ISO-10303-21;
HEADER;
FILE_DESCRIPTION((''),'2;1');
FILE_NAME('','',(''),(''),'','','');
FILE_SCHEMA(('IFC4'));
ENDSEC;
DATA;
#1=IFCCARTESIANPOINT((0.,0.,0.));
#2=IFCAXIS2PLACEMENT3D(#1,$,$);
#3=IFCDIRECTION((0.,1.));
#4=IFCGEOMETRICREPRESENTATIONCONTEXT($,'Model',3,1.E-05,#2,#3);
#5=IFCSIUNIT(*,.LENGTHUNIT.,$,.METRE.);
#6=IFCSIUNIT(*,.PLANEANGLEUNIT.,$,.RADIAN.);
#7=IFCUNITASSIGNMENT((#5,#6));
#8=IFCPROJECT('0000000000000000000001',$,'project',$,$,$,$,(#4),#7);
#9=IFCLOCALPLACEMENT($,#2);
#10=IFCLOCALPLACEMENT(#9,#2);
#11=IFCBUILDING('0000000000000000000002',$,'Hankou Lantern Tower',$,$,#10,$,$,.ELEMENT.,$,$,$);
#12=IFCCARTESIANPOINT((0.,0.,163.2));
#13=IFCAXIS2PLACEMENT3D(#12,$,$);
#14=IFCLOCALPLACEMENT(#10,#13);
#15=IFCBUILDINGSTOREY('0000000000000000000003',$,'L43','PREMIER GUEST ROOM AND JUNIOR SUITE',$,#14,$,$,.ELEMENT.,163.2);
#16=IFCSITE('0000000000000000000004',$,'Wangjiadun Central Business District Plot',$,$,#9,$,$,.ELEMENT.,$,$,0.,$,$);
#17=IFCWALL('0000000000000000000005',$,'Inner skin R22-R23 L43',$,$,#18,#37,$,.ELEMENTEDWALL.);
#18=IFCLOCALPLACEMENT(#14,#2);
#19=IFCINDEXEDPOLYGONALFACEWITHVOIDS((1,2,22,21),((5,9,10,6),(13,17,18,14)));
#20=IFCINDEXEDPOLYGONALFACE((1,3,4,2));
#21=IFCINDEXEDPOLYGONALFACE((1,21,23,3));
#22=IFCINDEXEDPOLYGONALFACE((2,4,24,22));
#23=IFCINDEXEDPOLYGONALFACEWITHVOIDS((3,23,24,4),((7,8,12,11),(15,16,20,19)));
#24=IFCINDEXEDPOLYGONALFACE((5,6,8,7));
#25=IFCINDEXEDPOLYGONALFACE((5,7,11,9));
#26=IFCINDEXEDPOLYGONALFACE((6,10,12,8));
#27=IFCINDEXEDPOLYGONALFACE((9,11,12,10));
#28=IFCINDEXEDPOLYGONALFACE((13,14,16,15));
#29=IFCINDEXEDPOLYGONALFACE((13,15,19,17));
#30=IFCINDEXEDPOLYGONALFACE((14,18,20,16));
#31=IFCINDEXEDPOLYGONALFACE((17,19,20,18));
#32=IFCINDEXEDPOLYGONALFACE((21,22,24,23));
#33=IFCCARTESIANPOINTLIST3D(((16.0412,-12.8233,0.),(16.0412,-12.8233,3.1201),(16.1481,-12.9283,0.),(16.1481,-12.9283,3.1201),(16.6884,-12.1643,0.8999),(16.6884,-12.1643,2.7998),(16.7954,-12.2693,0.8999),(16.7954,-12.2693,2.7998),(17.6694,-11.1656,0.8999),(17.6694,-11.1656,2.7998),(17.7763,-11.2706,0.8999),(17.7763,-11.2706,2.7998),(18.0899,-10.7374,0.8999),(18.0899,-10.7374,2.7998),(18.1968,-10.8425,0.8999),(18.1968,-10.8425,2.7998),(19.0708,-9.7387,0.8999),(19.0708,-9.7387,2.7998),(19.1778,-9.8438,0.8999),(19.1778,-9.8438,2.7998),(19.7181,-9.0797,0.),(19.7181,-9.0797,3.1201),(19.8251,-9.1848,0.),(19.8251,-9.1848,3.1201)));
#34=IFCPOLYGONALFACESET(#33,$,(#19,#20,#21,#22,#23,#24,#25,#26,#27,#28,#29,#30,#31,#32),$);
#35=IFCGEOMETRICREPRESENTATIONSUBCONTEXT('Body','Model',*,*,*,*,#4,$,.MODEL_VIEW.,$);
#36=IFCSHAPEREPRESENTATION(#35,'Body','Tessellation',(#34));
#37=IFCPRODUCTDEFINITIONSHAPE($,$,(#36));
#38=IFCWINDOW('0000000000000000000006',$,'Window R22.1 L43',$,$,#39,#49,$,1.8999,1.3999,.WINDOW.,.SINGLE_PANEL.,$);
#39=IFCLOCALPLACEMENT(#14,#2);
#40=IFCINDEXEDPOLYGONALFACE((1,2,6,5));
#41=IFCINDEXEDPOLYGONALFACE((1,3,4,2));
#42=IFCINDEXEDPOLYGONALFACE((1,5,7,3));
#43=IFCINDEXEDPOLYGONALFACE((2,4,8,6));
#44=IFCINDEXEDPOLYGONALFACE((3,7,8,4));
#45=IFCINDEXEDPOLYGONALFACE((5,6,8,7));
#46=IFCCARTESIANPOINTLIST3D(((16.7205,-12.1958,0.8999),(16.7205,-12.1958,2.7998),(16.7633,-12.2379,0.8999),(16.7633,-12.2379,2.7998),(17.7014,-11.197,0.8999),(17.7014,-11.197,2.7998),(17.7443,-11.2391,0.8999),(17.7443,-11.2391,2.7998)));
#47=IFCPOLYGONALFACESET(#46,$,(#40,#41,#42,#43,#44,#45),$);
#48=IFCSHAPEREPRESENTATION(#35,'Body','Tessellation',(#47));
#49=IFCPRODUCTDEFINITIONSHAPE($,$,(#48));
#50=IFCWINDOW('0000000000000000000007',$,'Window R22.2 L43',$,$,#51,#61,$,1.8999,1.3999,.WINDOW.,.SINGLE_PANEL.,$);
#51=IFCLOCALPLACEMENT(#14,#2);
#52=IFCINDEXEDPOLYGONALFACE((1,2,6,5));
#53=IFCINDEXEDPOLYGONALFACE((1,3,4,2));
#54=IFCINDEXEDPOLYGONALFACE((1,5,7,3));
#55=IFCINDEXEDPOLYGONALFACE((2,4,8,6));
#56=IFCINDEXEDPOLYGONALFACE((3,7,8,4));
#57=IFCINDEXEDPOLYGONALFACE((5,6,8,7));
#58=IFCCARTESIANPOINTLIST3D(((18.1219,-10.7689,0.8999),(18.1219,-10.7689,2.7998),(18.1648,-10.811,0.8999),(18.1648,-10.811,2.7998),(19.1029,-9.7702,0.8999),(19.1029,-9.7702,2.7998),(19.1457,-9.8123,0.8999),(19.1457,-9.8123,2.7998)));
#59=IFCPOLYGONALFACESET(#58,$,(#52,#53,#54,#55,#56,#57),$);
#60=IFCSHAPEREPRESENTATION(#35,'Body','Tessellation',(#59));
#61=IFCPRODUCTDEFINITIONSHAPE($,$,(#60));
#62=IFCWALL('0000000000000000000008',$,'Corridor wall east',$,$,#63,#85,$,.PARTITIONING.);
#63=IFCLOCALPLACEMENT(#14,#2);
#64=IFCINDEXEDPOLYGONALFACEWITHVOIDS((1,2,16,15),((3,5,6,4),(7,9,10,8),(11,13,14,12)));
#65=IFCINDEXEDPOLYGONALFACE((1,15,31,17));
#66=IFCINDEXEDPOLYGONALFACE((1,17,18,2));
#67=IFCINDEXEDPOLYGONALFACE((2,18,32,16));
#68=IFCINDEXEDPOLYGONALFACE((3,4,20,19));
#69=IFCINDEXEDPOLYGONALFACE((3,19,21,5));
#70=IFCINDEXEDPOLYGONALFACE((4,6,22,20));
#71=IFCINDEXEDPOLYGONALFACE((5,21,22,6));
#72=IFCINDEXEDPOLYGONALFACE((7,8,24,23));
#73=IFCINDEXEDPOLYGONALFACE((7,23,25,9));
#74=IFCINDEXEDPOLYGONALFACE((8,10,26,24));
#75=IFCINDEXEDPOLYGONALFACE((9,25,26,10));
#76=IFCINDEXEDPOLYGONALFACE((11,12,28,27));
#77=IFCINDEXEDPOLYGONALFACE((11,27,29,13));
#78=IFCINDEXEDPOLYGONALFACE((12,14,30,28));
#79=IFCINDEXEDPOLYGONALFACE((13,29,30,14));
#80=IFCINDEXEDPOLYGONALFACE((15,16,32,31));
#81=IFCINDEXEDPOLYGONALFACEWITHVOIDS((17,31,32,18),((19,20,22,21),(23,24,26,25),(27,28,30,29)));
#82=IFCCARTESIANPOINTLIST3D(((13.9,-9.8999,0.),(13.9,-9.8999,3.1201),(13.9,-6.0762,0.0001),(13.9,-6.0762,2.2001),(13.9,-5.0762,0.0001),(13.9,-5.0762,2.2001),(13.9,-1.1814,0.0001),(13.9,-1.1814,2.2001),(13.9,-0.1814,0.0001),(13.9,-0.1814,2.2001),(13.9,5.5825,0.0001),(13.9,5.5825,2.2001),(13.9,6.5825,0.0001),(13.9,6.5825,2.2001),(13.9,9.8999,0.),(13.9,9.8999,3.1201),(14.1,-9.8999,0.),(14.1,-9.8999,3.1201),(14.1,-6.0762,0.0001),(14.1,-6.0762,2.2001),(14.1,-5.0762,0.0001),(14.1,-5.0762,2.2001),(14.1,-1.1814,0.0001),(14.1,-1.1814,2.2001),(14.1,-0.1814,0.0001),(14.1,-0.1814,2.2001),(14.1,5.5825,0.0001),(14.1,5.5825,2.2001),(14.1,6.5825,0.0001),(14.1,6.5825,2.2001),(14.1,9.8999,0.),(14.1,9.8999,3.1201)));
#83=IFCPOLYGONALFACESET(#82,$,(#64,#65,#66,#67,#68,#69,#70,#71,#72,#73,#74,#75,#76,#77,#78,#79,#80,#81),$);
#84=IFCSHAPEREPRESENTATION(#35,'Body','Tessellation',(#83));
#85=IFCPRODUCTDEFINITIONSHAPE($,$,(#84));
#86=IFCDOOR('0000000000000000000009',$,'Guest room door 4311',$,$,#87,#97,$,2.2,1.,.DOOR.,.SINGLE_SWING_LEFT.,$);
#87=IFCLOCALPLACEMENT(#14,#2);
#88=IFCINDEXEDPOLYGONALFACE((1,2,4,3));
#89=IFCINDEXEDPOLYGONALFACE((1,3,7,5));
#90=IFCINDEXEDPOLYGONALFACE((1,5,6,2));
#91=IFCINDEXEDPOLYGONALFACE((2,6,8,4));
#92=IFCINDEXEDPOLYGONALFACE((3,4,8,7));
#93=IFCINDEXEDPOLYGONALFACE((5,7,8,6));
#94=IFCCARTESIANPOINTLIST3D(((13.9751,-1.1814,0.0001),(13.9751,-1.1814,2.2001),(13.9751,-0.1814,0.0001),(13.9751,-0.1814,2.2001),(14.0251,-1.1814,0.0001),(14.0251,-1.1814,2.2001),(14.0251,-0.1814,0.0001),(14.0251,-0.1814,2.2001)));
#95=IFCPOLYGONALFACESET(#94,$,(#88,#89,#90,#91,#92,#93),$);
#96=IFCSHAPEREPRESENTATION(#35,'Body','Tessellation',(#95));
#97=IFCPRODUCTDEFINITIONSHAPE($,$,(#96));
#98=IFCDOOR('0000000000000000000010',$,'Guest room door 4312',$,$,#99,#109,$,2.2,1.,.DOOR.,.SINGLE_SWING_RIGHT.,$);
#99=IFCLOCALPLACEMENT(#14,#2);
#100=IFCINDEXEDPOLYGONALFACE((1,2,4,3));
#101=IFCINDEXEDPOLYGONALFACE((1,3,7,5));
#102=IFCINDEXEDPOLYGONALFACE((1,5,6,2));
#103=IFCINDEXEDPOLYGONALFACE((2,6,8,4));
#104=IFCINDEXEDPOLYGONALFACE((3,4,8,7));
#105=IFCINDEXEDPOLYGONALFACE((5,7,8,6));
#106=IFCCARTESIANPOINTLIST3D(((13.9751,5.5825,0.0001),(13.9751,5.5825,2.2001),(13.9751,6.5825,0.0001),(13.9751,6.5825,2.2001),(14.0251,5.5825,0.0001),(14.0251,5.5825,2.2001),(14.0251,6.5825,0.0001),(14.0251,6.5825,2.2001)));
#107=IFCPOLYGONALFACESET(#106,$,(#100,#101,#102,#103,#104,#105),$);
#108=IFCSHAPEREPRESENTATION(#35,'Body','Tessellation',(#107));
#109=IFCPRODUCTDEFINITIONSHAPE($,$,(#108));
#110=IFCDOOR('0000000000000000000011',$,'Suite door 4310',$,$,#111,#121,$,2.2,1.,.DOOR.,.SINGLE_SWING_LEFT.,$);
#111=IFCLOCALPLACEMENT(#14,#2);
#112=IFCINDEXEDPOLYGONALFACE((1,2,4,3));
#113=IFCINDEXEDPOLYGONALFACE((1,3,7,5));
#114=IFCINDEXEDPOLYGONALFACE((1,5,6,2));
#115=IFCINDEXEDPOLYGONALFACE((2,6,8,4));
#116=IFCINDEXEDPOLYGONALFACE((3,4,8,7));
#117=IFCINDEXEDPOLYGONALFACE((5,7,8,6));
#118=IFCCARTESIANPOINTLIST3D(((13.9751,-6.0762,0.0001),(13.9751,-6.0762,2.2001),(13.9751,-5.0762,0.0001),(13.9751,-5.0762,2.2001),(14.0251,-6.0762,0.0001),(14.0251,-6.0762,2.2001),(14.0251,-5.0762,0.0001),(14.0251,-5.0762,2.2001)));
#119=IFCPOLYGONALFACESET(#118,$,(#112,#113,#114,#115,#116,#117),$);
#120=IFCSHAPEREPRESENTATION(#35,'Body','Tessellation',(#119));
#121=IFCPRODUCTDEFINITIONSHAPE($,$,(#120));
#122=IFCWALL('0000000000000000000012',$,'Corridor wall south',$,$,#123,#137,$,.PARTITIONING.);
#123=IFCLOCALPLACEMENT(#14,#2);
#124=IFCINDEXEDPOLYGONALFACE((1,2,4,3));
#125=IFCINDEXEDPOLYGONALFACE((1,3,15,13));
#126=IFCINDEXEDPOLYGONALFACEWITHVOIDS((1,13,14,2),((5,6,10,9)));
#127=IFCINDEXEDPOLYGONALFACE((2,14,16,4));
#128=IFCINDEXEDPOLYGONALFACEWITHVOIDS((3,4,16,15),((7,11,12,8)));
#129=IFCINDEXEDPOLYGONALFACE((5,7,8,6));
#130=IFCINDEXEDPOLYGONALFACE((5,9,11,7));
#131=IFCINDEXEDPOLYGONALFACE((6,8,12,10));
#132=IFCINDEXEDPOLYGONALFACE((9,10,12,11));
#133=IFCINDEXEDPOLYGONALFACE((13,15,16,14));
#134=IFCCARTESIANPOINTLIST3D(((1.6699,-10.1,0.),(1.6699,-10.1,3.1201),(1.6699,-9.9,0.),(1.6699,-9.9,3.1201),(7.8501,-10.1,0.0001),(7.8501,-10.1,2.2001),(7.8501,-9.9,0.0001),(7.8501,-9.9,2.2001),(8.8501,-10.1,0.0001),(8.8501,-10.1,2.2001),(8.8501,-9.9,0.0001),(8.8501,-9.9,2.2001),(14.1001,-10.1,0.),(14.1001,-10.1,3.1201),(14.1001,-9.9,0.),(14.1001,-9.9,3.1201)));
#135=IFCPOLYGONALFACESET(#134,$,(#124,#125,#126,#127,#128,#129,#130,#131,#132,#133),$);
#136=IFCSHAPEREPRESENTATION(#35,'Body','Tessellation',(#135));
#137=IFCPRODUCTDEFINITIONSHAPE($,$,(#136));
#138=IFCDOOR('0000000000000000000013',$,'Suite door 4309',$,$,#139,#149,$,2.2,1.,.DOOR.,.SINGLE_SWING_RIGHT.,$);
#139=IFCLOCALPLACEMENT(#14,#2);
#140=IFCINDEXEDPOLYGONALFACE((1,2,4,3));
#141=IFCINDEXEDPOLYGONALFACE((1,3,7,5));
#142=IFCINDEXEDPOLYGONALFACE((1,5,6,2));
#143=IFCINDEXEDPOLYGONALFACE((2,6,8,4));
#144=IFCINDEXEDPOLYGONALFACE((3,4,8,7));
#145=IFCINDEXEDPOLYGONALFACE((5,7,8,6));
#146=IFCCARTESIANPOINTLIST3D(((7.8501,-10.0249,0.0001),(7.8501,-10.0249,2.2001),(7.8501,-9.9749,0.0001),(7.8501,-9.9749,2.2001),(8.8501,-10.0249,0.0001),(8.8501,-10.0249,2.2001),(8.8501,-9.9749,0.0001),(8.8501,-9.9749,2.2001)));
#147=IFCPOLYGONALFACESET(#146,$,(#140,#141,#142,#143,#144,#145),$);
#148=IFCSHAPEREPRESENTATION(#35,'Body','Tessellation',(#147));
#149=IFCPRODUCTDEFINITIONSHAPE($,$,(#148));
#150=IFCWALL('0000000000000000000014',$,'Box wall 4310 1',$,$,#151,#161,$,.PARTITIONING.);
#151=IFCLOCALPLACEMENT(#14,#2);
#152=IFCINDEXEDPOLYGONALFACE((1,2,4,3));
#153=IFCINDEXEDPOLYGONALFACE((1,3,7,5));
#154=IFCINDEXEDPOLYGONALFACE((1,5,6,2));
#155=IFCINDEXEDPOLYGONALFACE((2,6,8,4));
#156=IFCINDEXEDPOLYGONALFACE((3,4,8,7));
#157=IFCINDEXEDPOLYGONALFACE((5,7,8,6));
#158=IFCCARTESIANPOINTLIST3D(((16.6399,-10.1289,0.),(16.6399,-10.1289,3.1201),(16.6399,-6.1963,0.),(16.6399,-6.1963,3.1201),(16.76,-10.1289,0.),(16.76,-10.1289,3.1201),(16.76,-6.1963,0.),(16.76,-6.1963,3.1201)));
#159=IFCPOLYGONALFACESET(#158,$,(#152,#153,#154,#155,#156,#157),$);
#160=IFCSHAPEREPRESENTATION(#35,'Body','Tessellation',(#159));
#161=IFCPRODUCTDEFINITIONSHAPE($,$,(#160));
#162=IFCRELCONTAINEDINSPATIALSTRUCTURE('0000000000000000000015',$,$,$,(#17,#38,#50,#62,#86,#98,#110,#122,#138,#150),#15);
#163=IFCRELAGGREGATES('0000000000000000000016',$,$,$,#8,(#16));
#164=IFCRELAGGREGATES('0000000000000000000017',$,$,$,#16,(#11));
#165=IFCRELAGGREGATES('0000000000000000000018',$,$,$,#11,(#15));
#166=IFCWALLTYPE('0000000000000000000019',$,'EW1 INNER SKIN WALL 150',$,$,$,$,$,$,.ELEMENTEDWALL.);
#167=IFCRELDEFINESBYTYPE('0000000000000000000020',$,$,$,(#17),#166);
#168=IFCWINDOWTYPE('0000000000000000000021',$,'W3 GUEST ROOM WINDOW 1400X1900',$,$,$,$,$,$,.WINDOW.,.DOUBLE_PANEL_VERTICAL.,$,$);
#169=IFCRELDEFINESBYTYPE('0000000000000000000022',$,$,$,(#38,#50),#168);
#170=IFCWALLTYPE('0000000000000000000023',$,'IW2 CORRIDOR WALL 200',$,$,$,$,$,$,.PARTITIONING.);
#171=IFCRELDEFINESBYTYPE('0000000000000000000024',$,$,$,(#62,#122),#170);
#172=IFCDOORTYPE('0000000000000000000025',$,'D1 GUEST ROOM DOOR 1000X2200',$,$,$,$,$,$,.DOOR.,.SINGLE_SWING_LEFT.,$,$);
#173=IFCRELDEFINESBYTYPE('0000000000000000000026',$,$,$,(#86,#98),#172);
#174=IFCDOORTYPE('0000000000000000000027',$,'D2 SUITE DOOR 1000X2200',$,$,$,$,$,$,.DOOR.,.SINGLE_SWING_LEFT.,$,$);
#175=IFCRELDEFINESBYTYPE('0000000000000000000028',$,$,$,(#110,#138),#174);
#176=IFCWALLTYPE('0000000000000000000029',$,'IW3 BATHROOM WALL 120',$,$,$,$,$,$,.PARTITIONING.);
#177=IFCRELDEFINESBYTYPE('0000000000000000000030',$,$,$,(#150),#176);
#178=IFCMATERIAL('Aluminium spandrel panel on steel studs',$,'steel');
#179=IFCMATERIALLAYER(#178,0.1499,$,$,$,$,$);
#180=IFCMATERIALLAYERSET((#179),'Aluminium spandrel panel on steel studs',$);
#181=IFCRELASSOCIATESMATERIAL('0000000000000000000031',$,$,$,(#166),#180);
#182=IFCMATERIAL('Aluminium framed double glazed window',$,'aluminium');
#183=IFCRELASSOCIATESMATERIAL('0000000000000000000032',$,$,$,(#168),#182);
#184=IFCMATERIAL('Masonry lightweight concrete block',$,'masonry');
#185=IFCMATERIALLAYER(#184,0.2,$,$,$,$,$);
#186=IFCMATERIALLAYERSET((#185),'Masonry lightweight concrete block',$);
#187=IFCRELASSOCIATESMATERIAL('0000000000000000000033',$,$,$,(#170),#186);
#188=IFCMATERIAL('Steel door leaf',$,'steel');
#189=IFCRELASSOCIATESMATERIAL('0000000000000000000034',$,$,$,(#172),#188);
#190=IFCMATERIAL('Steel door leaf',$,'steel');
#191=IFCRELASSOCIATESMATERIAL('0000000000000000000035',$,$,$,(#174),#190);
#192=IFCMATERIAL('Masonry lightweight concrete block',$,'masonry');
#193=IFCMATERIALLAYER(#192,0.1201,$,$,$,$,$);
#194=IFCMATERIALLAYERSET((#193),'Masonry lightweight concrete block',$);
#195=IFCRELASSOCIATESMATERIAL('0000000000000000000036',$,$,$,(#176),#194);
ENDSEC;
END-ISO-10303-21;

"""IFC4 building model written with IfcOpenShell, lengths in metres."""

from ifc_helpers import new_model, si_unit, direction, frame, frame_2d, origin, place, context, subcontext, project, spatial, rectangle, extrude, material, layer, layer_set, type_object, element, fill, save


model = new_model("IFC4")

# Units and contexts
model_context = context("Model", 3, precision=1e-05, world=origin(), true_north=direction((0.0, 1.0)))
body_context = subcontext(model_context, "Body", "Model", "MODEL_VIEW")
ifc_project = project(units=[si_unit("LENGTHUNIT", "METRE"), si_unit("PLANEANGLEUNIT", "RADIAN")], contexts=[model_context])

# Site, building, storey
site_placement = place(None, origin())
site = spatial("IfcSite", under=ifc_project, at=site_placement, Name="Wangjiadun Central Business District Plot", CompositionType="ELEMENT", RefElevation=0.0)
building_placement = place(site_placement, origin())
building = spatial("IfcBuilding", under=site, at=building_placement, Name="Hankou Lantern Tower", CompositionType="ELEMENT")
storey_placement = place(building_placement, frame((0.0, 0.0, 163.2)))
storey = spatial("IfcBuildingStorey", under=building, at=storey_placement, Name="L43", Description="PREMIER GUEST ROOM AND JUNIOR SUITE", CompositionType="ELEMENT", Elevation=163.2)

# Wall, openings, windows
ifc_material_1 = material(Name="Aluminium spandrel panel on steel studs", Category="steel")
ifc_layer_1 = layer(ifc_material_1, 0.1499)
ifc_layer_set_1 = layer_set([ifc_layer_1], Name="Aluminium spandrel panel on steel studs")
wall_type_1 = type_object("IfcWallType", Name="EW1 INNER SKIN WALL 150", PredefinedType="ELEMENTEDWALL", material=ifc_layer_set_1)
wall_1_placement = place(storey_placement, frame((16.0947, -12.8757, 0.0), z_axis=(0.0, 0.0, 1.0), x_axis=(0.700727, 0.713429, 0.0)))
wall_1 = element("IfcWall", 1, at=wall_1_placement, inside=storey, type_object=wall_type_1, Name="Inner skin R22-R23 L43", PredefinedType="ELEMENTEDWALL", context=body_context, shape_type="SweptSolid", body=[
    extrude(rectangle(XDim=5.2473, YDim=0.1499, at=frame_2d((2.6235, 0.0))), origin(), (0.0, 0.0, 1.0), 3.1201),
])
opening_1_placement = place(wall_1_placement, frame((0.9236, 0.0, 0.8999)))
opening_1 = element("IfcOpeningElement", 2, at=opening_1_placement, cuts=wall_1, PredefinedType="OPENING", context=body_context, shape_type="SweptSolid", body=[
    extrude(rectangle(XDim=1.3999, YDim=1.8999, at=frame_2d((0.7, 0.95))), frame((0.0, 0.085, 0.0), z_axis=(0.0, -1.0, 0.0), x_axis=(1.0, 0.0, 0.0)), (0.0, 0.0, 1.0), 0.1699),
])
opening_2_placement = place(wall_1_placement, frame((2.9236, 0.0, 0.8999)))
opening_2 = element("IfcOpeningElement", 3, at=opening_2_placement, cuts=wall_1, PredefinedType="OPENING", context=body_context, shape_type="SweptSolid", body=[
    extrude(rectangle(XDim=1.3999, YDim=1.8999, at=frame_2d((0.7, 0.95))), frame((0.0, 0.085, 0.0), z_axis=(0.0, -1.0, 0.0), x_axis=(1.0, 0.0, 0.0)), (0.0, 0.0, 1.0), 0.1699),
])
ifc_material_2 = material(Name="Aluminium framed double glazed window", Category="aluminium")
window_type = type_object("IfcWindowType", Name="W3 GUEST ROOM WINDOW 1400X1900", PartitioningType="DOUBLE_PANEL_VERTICAL", PredefinedType="WINDOW", material=ifc_material_2)
window_1_placement = place(opening_1_placement, origin())
window_1 = element("IfcWindow", 4, at=window_1_placement, inside=storey, type_object=window_type, Name="Window R22.1 L43", OverallHeight=1.8999, OverallWidth=1.3999, PartitioningType="SINGLE_PANEL", PredefinedType="WINDOW", context=body_context, shape_type="SweptSolid", body=[
    extrude(rectangle(XDim=1.3999, YDim=1.8999, at=frame_2d((0.7, 0.95))), frame((0.0, 0.03, 0.0), z_axis=(0.0, -1.0, 0.0), x_axis=(1.0, 0.0, 0.0)), (0.0, 0.0, 1.0), 0.0601),
])
fill(opening_1, window_1)
window_2_placement = place(opening_2_placement, origin())
window_2 = element("IfcWindow", 5, at=window_2_placement, inside=storey, type_object=window_type, Name="Window R22.2 L43", OverallHeight=1.8999, OverallWidth=1.3999, PartitioningType="SINGLE_PANEL", PredefinedType="WINDOW", context=body_context, shape_type="SweptSolid", body=[
    extrude(rectangle(XDim=1.3999, YDim=1.8999, at=frame_2d((0.7, 0.95))), frame((0.0, 0.03, 0.0), z_axis=(0.0, -1.0, 0.0), x_axis=(1.0, 0.0, 0.0)), (0.0, 0.0, 1.0), 0.0601),
])
fill(opening_2, window_2)

# Wall, openings, doors
ifc_material_3 = material(Name="Masonry lightweight concrete block", Category="masonry")
ifc_layer_2 = layer(ifc_material_3, 0.2)
ifc_layer_set_2 = layer_set([ifc_layer_2], Name="Masonry lightweight concrete block")
wall_type_2 = type_object("IfcWallType", Name="IW2 CORRIDOR WALL 200", PredefinedType="PARTITIONING", material=ifc_layer_set_2)
wall_2_placement = place(storey_placement, frame((14.0, -9.8999, 0.0), z_axis=(0.0, 0.0, 1.0), x_axis=(0.0, 1.0, 0.0)))
wall_2 = element("IfcWall", 6, at=wall_2_placement, inside=storey, type_object=wall_type_2, Name="Corridor wall east", PredefinedType="PARTITIONING", context=body_context, shape_type="SweptSolid", body=[
    extrude(rectangle(XDim=19.7998, YDim=0.2, at=frame_2d((9.8999, 0.0))), origin(), (0.0, 0.0, 1.0), 3.1201),
])
opening_3_placement = place(wall_2_placement, frame((3.8237, 0.0, 0.0)))
opening_3 = element("IfcOpeningElement", 7, at=opening_3_placement, cuts=wall_2, PredefinedType="OPENING", context=body_context, shape_type="SweptSolid", body=[
    extrude(rectangle(XDim=1.0, YDim=2.2, at=frame_2d((0.5, 1.1001))), frame((0.0, 0.1099, 0.0), z_axis=(0.0, -1.0, 0.0), x_axis=(1.0, 0.0, 0.0)), (0.0, 0.0, 1.0), 0.22),
])
opening_4_placement = place(wall_2_placement, frame((8.7185, 0.0, 0.0)))
opening_4 = element("IfcOpeningElement", 8, at=opening_4_placement, cuts=wall_2, PredefinedType="OPENING", context=body_context, shape_type="SweptSolid", body=[
    extrude(rectangle(XDim=1.0, YDim=2.2, at=frame_2d((0.5, 1.1001))), frame((0.0, 0.1099, 0.0), z_axis=(0.0, -1.0, 0.0), x_axis=(1.0, 0.0, 0.0)), (0.0, 0.0, 1.0), 0.22),
])
opening_5_placement = place(wall_2_placement, frame((15.4824, 0.0, 0.0)))
opening_5 = element("IfcOpeningElement", 9, at=opening_5_placement, cuts=wall_2, PredefinedType="OPENING", context=body_context, shape_type="SweptSolid", body=[
    extrude(rectangle(XDim=1.0, YDim=2.2, at=frame_2d((0.5, 1.1001))), frame((0.0, 0.1099, 0.0), z_axis=(0.0, -1.0, 0.0), x_axis=(1.0, 0.0, 0.0)), (0.0, 0.0, 1.0), 0.22),
])
ifc_material_4 = material(Name="Steel door leaf", Category="steel")
door_type_1 = type_object("IfcDoorType", Name="D1 GUEST ROOM DOOR 1000X2200", OperationType="SINGLE_SWING_LEFT", PredefinedType="DOOR", material=ifc_material_4)
door_1_placement = place(opening_4_placement, origin())
door_1 = element("IfcDoor", 10, at=door_1_placement, inside=storey, type_object=door_type_1, Name="Guest room door 4311", OperationType="SINGLE_SWING_LEFT", OverallHeight=2.2, OverallWidth=1.0, PredefinedType="DOOR", context=body_context, shape_type="SweptSolid", body=[
    extrude(rectangle(XDim=1.0, YDim=2.2, at=frame_2d((0.5, 1.1001))), frame((0.0, 0.0249, 0.0), z_axis=(0.0, -1.0, 0.0), x_axis=(1.0, 0.0, 0.0)), (0.0, 0.0, 1.0), 0.05),
])
fill(opening_4, door_1)
door_2_placement = place(opening_5_placement, origin())
door_2 = element("IfcDoor", 11, at=door_2_placement, inside=storey, type_object=door_type_1, Name="Guest room door 4312", OperationType="SINGLE_SWING_RIGHT", OverallHeight=2.2, OverallWidth=1.0, PredefinedType="DOOR", context=body_context, shape_type="SweptSolid", body=[
    extrude(rectangle(XDim=1.0, YDim=2.2, at=frame_2d((0.5, 1.1001))), frame((0.0, 0.0249, 0.0), z_axis=(0.0, -1.0, 0.0), x_axis=(1.0, 0.0, 0.0)), (0.0, 0.0, 1.0), 0.05),
])
fill(opening_5, door_2)
ifc_material_5 = material(Name="Steel door leaf", Category="steel")
door_type_2 = type_object("IfcDoorType", Name="D2 SUITE DOOR 1000X2200", OperationType="SINGLE_SWING_LEFT", PredefinedType="DOOR", material=ifc_material_5)
door_3_placement = place(opening_3_placement, origin())
door_3 = element("IfcDoor", 12, at=door_3_placement, inside=storey, type_object=door_type_2, Name="Suite door 4310", OperationType="SINGLE_SWING_LEFT", OverallHeight=2.2, OverallWidth=1.0, PredefinedType="DOOR", context=body_context, shape_type="SweptSolid", body=[
    extrude(rectangle(XDim=1.0, YDim=2.2, at=frame_2d((0.5, 1.1001))), frame((0.0, 0.0249, 0.0), z_axis=(0.0, -1.0, 0.0), x_axis=(1.0, 0.0, 0.0)), (0.0, 0.0, 1.0), 0.05),
])
fill(opening_3, door_3)

# Wall, opening, door
wall_3_placement = place(storey_placement, frame((14.1001, -10.0, 0.0), z_axis=(0.0, 0.0, 1.0), x_axis=(-1.0, 0.0, 0.0)))
wall_3 = element("IfcWall", 13, at=wall_3_placement, inside=storey, type_object=wall_type_2, Name="Corridor wall south", PredefinedType="PARTITIONING", context=body_context, shape_type="SweptSolid", body=[
    extrude(rectangle(XDim=12.4302, YDim=0.2, at=frame_2d((6.2151, 0.0))), origin(), (0.0, 0.0, 1.0), 3.1201),
])
opening_6_placement = place(wall_3_placement, frame((5.25, 0.0, 0.0)))
opening_6 = element("IfcOpeningElement", 14, at=opening_6_placement, cuts=wall_3, PredefinedType="OPENING", context=body_context, shape_type="SweptSolid", body=[
    extrude(rectangle(XDim=1.0, YDim=2.2, at=frame_2d((0.5, 1.1001))), frame((0.0, 0.1099, 0.0), z_axis=(0.0, -1.0, 0.0), x_axis=(1.0, 0.0, 0.0)), (0.0, 0.0, 1.0), 0.22),
])
door_4_placement = place(opening_6_placement, origin())
door_4 = element("IfcDoor", 15, at=door_4_placement, inside=storey, type_object=door_type_2, Name="Suite door 4309", OperationType="SINGLE_SWING_RIGHT", OverallHeight=2.2, OverallWidth=1.0, PredefinedType="DOOR", context=body_context, shape_type="SweptSolid", body=[
    extrude(rectangle(XDim=1.0, YDim=2.2, at=frame_2d((0.5, 1.1001))), frame((0.0, 0.0249, 0.0), z_axis=(0.0, -1.0, 0.0), x_axis=(1.0, 0.0, 0.0)), (0.0, 0.0, 1.0), 0.05),
])
fill(opening_6, door_4)

# Wall
ifc_material_6 = material(Name="Masonry lightweight concrete block", Category="masonry")
ifc_layer_3 = layer(ifc_material_6, 0.1201)
ifc_layer_set_3 = layer_set([ifc_layer_3], Name="Masonry lightweight concrete block")
wall_type_3 = type_object("IfcWallType", Name="IW3 BATHROOM WALL 120", PredefinedType="PARTITIONING", material=ifc_layer_set_3)
wall_4_placement = place(storey_placement, frame((16.7, -10.1289, 0.0), z_axis=(0.0, 0.0, 1.0), x_axis=(0.0, 1.0, 0.0)))
element("IfcWall", 16, at=wall_4_placement, inside=storey, type_object=wall_type_3, Name="Box wall 4310 1", PredefinedType="PARTITIONING", context=body_context, shape_type="SweptSolid", body=[
    extrude(rectangle(XDim=3.9326, YDim=0.1201, at=frame_2d((1.9663, 0.0))), origin(), (0.0, 0.0, 1.0), 3.1201),
])

save(model, "model.ifc")
